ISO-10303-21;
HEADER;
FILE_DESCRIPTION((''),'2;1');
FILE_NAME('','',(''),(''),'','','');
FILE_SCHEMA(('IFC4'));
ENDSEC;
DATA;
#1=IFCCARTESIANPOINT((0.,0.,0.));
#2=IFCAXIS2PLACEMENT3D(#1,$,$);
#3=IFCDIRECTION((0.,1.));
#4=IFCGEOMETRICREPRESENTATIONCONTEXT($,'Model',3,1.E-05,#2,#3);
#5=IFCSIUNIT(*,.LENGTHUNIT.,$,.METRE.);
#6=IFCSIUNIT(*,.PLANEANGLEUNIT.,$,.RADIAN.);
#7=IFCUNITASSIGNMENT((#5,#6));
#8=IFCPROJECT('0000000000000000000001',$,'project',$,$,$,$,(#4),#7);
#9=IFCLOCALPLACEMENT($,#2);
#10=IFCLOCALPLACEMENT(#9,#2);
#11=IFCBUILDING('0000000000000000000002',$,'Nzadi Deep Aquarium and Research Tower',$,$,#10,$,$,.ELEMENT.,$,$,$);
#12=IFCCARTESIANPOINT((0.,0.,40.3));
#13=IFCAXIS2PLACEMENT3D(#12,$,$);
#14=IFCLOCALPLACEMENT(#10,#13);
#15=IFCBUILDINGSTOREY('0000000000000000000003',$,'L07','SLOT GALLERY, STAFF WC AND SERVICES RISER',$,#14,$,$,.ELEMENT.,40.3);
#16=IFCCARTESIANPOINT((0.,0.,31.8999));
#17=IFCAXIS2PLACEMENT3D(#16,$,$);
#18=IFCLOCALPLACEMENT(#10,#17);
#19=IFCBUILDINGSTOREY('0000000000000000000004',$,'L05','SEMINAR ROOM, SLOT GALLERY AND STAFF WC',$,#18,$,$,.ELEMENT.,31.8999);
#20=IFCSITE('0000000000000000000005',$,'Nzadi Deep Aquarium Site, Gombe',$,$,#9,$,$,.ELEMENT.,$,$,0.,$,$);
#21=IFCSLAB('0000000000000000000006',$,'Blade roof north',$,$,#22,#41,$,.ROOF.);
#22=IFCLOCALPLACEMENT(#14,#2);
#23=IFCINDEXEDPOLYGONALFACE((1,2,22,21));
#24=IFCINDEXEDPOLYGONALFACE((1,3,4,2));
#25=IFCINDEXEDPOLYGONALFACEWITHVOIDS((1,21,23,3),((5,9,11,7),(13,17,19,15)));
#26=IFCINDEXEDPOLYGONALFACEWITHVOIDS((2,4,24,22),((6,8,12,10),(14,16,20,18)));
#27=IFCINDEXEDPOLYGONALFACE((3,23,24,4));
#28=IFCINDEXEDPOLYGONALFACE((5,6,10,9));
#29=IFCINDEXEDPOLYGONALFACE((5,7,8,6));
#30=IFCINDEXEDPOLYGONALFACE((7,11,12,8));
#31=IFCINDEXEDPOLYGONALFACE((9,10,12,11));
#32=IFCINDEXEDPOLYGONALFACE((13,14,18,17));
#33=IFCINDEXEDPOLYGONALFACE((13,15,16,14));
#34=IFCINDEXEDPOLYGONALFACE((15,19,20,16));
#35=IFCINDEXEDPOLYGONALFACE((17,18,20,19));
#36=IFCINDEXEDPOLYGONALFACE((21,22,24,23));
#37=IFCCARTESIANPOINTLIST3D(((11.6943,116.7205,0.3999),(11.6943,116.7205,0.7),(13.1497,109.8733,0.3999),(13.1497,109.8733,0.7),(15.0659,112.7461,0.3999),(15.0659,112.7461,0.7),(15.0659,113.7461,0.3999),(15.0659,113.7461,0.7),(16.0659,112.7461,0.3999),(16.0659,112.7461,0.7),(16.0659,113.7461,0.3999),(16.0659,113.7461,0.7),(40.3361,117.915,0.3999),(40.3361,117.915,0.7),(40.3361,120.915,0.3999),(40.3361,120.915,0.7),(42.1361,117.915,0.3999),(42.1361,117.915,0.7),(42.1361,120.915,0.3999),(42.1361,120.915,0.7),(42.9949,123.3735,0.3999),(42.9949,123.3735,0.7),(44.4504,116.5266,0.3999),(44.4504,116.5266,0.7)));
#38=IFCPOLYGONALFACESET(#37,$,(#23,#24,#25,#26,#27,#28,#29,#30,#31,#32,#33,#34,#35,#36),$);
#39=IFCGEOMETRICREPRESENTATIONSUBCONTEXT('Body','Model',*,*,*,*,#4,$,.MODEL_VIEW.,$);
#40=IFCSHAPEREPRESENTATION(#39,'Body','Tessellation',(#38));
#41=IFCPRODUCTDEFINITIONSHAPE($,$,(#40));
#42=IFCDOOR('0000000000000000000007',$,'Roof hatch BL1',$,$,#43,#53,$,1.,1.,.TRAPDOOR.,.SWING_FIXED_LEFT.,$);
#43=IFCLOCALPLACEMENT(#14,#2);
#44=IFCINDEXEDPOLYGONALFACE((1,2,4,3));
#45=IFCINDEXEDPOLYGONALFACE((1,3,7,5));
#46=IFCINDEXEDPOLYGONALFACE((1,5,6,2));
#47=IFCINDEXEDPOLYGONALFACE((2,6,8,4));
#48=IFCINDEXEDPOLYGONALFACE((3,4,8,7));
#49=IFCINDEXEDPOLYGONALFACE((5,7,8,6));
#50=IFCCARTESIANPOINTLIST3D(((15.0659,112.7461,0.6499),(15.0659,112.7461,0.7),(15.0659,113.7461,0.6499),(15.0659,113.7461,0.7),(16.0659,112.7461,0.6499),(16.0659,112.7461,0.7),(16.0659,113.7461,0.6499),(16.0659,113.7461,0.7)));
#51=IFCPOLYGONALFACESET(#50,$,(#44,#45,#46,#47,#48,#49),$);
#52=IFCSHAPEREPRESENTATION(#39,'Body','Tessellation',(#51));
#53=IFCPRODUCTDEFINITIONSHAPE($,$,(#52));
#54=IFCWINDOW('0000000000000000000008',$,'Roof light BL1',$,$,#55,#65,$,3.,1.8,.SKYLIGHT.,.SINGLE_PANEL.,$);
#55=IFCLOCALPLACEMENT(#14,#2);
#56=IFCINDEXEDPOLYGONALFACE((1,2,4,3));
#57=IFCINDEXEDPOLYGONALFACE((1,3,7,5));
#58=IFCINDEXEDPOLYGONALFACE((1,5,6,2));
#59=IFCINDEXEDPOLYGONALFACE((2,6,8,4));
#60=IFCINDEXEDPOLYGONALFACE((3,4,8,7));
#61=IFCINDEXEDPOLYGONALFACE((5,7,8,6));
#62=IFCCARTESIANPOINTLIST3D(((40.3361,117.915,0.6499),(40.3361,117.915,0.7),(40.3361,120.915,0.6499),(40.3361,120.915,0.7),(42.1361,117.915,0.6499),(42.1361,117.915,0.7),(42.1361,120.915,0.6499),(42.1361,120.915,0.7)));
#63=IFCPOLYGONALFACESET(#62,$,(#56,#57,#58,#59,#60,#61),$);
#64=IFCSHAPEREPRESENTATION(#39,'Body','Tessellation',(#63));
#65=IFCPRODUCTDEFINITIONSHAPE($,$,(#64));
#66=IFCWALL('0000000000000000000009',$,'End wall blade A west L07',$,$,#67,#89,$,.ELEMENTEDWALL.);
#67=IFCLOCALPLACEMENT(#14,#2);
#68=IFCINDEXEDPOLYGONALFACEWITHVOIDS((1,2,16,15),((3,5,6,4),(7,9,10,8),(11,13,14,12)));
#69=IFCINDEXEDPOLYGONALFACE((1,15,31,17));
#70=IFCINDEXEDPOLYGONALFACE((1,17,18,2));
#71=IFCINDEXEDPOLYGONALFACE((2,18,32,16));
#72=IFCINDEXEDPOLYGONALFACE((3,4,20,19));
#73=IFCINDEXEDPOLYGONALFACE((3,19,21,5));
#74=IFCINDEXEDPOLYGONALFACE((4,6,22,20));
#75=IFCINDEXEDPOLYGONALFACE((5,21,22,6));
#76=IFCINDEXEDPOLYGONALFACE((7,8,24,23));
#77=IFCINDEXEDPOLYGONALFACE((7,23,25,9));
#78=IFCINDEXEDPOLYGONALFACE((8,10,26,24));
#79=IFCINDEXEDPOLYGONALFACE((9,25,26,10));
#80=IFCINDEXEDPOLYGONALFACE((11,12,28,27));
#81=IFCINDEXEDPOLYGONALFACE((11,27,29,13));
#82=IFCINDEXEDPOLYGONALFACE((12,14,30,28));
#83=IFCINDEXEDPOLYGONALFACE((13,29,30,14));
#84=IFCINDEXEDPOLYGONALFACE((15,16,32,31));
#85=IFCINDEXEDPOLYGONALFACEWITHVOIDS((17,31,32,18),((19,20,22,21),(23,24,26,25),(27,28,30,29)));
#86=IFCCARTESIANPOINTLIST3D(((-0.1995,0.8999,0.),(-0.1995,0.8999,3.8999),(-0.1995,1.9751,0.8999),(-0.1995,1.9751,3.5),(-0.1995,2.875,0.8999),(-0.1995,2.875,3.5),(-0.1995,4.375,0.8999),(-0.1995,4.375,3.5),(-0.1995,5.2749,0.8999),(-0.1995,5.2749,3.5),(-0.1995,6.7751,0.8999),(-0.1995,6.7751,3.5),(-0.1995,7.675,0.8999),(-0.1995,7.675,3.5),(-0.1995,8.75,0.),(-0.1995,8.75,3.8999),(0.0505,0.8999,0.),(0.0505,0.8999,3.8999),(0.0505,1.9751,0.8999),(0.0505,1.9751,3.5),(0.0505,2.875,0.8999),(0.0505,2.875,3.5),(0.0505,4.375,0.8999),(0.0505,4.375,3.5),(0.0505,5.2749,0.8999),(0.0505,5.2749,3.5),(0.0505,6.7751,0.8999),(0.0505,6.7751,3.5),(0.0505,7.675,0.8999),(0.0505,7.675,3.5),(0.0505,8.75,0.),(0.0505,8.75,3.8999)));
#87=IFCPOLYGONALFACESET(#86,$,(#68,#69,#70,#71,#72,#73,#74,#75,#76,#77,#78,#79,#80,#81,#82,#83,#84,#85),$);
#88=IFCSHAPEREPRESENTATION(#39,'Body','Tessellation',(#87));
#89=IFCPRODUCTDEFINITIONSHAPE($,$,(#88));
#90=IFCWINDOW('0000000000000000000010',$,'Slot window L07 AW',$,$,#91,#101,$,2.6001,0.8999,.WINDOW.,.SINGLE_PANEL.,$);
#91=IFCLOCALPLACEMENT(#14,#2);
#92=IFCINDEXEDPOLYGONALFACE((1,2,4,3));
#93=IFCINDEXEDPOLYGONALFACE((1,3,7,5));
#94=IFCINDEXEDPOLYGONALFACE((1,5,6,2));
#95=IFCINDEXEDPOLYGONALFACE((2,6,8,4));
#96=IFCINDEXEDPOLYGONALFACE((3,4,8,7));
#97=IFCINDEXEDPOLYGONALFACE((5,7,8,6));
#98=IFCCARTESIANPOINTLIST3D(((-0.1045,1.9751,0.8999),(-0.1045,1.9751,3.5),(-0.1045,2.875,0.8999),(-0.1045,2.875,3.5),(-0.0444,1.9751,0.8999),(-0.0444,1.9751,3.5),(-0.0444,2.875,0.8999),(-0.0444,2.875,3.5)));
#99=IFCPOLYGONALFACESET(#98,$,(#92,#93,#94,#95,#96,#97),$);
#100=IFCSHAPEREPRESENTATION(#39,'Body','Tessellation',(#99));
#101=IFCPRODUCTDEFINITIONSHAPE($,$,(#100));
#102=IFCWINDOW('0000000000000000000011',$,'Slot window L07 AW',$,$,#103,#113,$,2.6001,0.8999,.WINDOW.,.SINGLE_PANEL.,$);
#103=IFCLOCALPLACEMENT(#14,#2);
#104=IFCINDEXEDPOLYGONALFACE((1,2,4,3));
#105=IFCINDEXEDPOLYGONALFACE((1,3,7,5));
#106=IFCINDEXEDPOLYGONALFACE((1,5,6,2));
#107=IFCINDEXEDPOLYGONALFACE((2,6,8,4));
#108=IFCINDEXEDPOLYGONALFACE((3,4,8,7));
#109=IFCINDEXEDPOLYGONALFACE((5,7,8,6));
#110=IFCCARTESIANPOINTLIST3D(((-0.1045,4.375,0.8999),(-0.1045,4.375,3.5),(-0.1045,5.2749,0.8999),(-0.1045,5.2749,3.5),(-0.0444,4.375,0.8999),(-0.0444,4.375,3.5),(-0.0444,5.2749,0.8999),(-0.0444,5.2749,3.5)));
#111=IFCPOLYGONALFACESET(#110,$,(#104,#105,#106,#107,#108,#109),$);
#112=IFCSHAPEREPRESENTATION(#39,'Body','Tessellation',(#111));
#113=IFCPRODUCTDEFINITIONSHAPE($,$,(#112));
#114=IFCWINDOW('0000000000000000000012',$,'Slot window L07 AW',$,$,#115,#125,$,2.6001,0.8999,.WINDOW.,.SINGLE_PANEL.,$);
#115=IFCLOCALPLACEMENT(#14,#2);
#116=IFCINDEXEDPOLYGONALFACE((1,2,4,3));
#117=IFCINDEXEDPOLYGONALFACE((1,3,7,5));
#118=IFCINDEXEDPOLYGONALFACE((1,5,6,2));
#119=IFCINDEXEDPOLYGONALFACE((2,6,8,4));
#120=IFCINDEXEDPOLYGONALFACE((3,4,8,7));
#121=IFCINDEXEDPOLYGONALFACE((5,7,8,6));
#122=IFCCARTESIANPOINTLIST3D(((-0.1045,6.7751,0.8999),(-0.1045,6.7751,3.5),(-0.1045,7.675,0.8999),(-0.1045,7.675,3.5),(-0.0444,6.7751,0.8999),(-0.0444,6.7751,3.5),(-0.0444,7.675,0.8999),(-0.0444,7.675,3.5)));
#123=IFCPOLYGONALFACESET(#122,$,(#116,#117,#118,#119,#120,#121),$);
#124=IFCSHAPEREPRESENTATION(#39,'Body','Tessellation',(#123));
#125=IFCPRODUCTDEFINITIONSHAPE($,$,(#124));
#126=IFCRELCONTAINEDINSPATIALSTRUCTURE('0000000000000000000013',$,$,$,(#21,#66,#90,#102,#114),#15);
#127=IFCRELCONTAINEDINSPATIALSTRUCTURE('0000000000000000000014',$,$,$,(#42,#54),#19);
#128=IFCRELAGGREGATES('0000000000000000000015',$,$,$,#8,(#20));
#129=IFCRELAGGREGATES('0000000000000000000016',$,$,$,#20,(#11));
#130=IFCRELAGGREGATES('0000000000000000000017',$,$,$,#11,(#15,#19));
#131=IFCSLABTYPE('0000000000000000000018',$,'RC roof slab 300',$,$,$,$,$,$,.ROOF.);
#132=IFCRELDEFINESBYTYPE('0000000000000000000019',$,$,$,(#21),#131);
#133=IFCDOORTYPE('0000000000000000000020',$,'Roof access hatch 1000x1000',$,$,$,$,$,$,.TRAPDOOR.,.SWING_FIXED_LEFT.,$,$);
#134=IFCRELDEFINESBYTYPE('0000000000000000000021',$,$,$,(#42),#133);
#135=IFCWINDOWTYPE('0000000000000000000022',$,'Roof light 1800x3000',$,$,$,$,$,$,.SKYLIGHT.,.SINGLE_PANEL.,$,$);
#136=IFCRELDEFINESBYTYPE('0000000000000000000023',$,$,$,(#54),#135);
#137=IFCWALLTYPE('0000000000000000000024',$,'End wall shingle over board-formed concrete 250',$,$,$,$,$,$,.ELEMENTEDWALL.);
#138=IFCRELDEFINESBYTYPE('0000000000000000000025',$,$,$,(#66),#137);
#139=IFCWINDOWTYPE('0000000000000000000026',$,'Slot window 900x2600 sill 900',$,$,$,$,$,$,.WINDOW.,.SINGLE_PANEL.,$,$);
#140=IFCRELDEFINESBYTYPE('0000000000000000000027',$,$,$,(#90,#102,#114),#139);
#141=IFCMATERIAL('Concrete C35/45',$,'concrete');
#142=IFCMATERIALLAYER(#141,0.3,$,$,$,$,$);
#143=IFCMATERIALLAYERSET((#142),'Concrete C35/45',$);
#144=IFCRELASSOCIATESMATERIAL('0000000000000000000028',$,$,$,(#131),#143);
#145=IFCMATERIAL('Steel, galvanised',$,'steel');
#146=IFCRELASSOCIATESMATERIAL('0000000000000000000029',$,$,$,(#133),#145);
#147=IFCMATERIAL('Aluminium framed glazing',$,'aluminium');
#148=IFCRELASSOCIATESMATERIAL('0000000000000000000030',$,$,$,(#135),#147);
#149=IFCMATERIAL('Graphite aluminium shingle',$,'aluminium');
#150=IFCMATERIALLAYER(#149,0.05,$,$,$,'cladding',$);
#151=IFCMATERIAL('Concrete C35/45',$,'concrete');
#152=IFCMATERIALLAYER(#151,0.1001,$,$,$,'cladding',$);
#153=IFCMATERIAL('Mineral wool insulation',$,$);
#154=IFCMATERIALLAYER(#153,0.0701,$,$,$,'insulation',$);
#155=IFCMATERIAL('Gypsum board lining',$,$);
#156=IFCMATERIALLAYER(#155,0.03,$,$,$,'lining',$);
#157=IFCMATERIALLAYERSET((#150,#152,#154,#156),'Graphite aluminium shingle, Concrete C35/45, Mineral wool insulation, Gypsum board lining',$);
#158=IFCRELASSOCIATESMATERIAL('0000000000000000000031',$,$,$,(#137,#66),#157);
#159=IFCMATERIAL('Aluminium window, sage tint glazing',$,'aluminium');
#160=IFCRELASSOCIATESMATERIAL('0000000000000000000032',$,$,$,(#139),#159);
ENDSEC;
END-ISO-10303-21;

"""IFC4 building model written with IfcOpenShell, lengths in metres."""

from ifc_helpers import new_model, si_unit, direction, frame, frame_2d, origin, origin_2d, place, context, subcontext, project, spatial, polyline, rectangle, outline, extrude, material, layer, layer_set, layer_usage, type_object, element, fill, save


model = new_model("IFC4")

# Units and contexts
model_context = context("Model", 3, precision=1e-05, world=origin(), true_north=direction((0.0, 1.0)))
body_context = subcontext(model_context, "Body", "Model", "MODEL_VIEW")
ifc_project = project(units=[si_unit("LENGTHUNIT", "METRE"), si_unit("PLANEANGLEUNIT", "RADIAN")], contexts=[model_context])

# Site, building, storey
site_placement = place(None, origin())
site = spatial("IfcSite", under=ifc_project, at=site_placement, Name="Nzadi Deep Aquarium Site, Gombe", CompositionType="ELEMENT", RefElevation=0.0)
building_placement = place(site_placement, origin())
building = spatial("IfcBuilding", under=site, at=building_placement, Name="Nzadi Deep Aquarium and Research Tower", CompositionType="ELEMENT")
storey_1_placement = place(building_placement, frame((0.0, 0.0, 40.3)))
storey_1 = spatial("IfcBuildingStorey", under=building, at=storey_1_placement, Name="L07", Description="SLOT GALLERY, STAFF WC AND SERVICES RISER", CompositionType="ELEMENT", Elevation=40.3)

# Shared definitions
ifc_material_1 = material(Name="Concrete C35/45", Category="concrete")
ifc_layer_1 = layer(ifc_material_1, 0.3)
ifc_layer_set_1 = layer_set([ifc_layer_1], Name="Concrete C35/45")
slab_type_1 = type_object("IfcSlabType", Name="RC roof slab 300", PredefinedType="ROOF", material=ifc_layer_set_1)

# Slab, openings
slab_1_placement = place(storey_1_placement, frame((0.0, 0.0, 0.3999)))
slab_1 = element("IfcSlab", 1, at=slab_1_placement, inside=storey_1, type_object=slab_type_1, Name="Blade roof north", PredefinedType="ROOF", context=body_context, shape_type="SweptSolid", body=[
    extrude(outline(polyline([(13.1497, 109.8733), (44.4504, 116.5266), (42.9949, 123.3735), (11.6943, 116.7205), (13.1497, 109.8733)])), origin(), (0.0, 0.0, 1.0), 0.3),
])
opening_1_placement = place(slab_1_placement, frame((41.2361, 119.415, 0.0)))
opening_1 = element("IfcOpeningElement", 2, at=opening_1_placement, cuts=slab_1, PredefinedType="OPENING", context=body_context, shape_type="SweptSolid", body=[
    extrude(rectangle(XDim=1.8, YDim=3.0, at=origin_2d()), origin(), (0.0, 0.0, 1.0), 0.3),
])
opening_2_placement = place(slab_1_placement, frame((15.5659, 113.2461, 0.0)))
opening_2 = element("IfcOpeningElement", 3, at=opening_2_placement, cuts=slab_1, PredefinedType="OPENING", context=body_context, shape_type="SweptSolid", body=[
    extrude(rectangle(XDim=1.0, YDim=1.0, at=origin_2d()), origin(), (0.0, 0.0, 1.0), 0.3),
])

# Shared definitions
storey_2_placement = place(building_placement, frame((0.0, 0.0, 31.8999)))
storey_2 = spatial("IfcBuildingStorey", under=building, at=storey_2_placement, Name="L05", Description="SEMINAR ROOM, SLOT GALLERY AND STAFF WC", CompositionType="ELEMENT", Elevation=31.8999)

# Door
ifc_material_2 = material(Name="Steel, galvanised", Category="steel")
door_type = type_object("IfcDoorType", Name="Roof access hatch 1000x1000", OperationType="SWING_FIXED_LEFT", PredefinedType="TRAPDOOR", material=ifc_material_2)
door_placement = place(opening_2_placement, frame((0.0, 0.0, 0.25)))
door = element("IfcDoor", 4, at=door_placement, inside=storey_2, type_object=door_type, Name="Roof hatch BL1", OperationType="SWING_FIXED_LEFT", OverallHeight=1.0, OverallWidth=1.0, PredefinedType="TRAPDOOR", context=body_context, shape_type="SweptSolid", body=[
    extrude(rectangle(XDim=1.0, YDim=1.0, at=origin_2d()), origin(), (0.0, 0.0, 1.0), 0.05),
])
fill(opening_2, door)

# Window
ifc_material_3 = material(Name="Aluminium framed glazing", Category="aluminium")
window_type_1 = type_object("IfcWindowType", Name="Roof light 1800x3000", PartitioningType="SINGLE_PANEL", PredefinedType="SKYLIGHT", material=ifc_material_3)
window_1_placement = place(opening_1_placement, frame((0.0, 0.0, 0.25)))
window_1 = element("IfcWindow", 5, at=window_1_placement, inside=storey_2, type_object=window_type_1, Name="Roof light BL1", OverallHeight=3.0, OverallWidth=1.8, PartitioningType="SINGLE_PANEL", PredefinedType="SKYLIGHT", context=body_context, shape_type="SweptSolid", body=[
    extrude(rectangle(XDim=1.8, YDim=3.0, at=origin_2d()), origin(), (0.0, 0.0, 1.0), 0.05),
])
fill(opening_1, window_1)

# Wall, openings, windows
ifc_material_4 = material(Name="Graphite aluminium shingle", Category="aluminium")
ifc_layer_2 = layer(ifc_material_4, 0.05, Category="cladding")
ifc_material_5 = material(Name="Concrete C35/45", Category="concrete")
ifc_layer_3 = layer(ifc_material_5, 0.1001, Category="cladding")
ifc_material_6 = material(Name="Mineral wool insulation")
ifc_layer_4 = layer(ifc_material_6, 0.0701, Category="insulation")
ifc_material_7 = material(Name="Gypsum board lining")
ifc_layer_5 = layer(ifc_material_7, 0.03, Category="lining")
ifc_layer_set_2 = layer_set([ifc_layer_2, ifc_layer_3, ifc_layer_4, ifc_layer_5], Name="Graphite aluminium shingle, Concrete C35/45, Mineral wool insulation, Gypsum board lining")
ifc_layer_usage = layer_usage(ifc_layer_set_2, "AXIS2", "POSITIVE", -0.125)
wall_type = type_object("IfcWallType", Name="End wall shingle over board-formed concrete 250", PredefinedType="ELEMENTEDWALL", material=ifc_layer_set_2)
wall_placement = place(storey_1_placement, frame((-0.0745, 8.75, 0.0), z_axis=(0.0, 0.0, 1.0), x_axis=(0.0, -1.0, 0.0)))
wall = element("IfcWall", 6, at=wall_placement, inside=storey_1, type_object=wall_type, material=ifc_layer_usage, Name="End wall blade A west L07", PredefinedType="ELEMENTEDWALL", context=body_context, shape_type="SweptSolid", body=[
    extrude(rectangle(XDim=7.8501, YDim=0.25, at=frame_2d((3.925, 0.0))), origin(), (0.0, 0.0, 1.0), 3.8999),
])
opening_3_placement = place(wall_placement, frame((5.875, 0.0, 0.8999)))
opening_3 = element("IfcOpeningElement", 7, at=opening_3_placement, cuts=wall, PredefinedType="OPENING", context=body_context, shape_type="SweptSolid", body=[
    extrude(rectangle(XDim=0.8999, YDim=2.6001, at=frame_2d((0.45, 1.3))), frame((0.0, 0.135, 0.0), z_axis=(0.0, -1.0, 0.0), x_axis=(1.0, 0.0, 0.0)), (0.0, 0.0, 1.0), 0.27),
])
opening_4_placement = place(wall_placement, frame((3.4751, 0.0, 0.8999)))
opening_4 = element("IfcOpeningElement", 8, at=opening_4_placement, cuts=wall, PredefinedType="OPENING", context=body_context, shape_type="SweptSolid", body=[
    extrude(rectangle(XDim=0.8999, YDim=2.6001, at=frame_2d((0.45, 1.3))), frame((0.0, 0.135, 0.0), z_axis=(0.0, -1.0, 0.0), x_axis=(1.0, 0.0, 0.0)), (0.0, 0.0, 1.0), 0.27),
])
opening_5_placement = place(wall_placement, frame((1.075, 0.0, 0.8999)))
opening_5 = element("IfcOpeningElement", 9, at=opening_5_placement, cuts=wall, PredefinedType="OPENING", context=body_context, shape_type="SweptSolid", body=[
    extrude(rectangle(XDim=0.8999, YDim=2.6001, at=frame_2d((0.45, 1.3))), frame((0.0, 0.135, 0.0), z_axis=(0.0, -1.0, 0.0), x_axis=(1.0, 0.0, 0.0)), (0.0, 0.0, 1.0), 0.27),
])
ifc_material_8 = material(Name="Aluminium window, sage tint glazing", Category="aluminium")
window_type_2 = type_object("IfcWindowType", Name="Slot window 900x2600 sill 900", PartitioningType="SINGLE_PANEL", PredefinedType="WINDOW", material=ifc_material_8)
window_2_placement = place(opening_3_placement, origin())
window_2 = element("IfcWindow", 10, at=window_2_placement, inside=storey_1, type_object=window_type_2, Name="Slot window L07 AW", OverallHeight=2.6001, OverallWidth=0.8999, PartitioningType="SINGLE_PANEL", PredefinedType="WINDOW", context=body_context, shape_type="SweptSolid", body=[
    extrude(rectangle(XDim=0.8999, YDim=2.6001, at=frame_2d((0.45, 1.3))), frame((0.0, 0.03, 0.0), z_axis=(0.0, -1.0, 0.0), x_axis=(1.0, 0.0, 0.0)), (0.0, 0.0, 1.0), 0.0601),
])
fill(opening_3, window_2)
window_3_placement = place(opening_4_placement, origin())
window_3 = element("IfcWindow", 11, at=window_3_placement, inside=storey_1, type_object=window_type_2, Name="Slot window L07 AW", OverallHeight=2.6001, OverallWidth=0.8999, PartitioningType="SINGLE_PANEL", PredefinedType="WINDOW", context=body_context, shape_type="SweptSolid", body=[
    extrude(rectangle(XDim=0.8999, YDim=2.6001, at=frame_2d((0.45, 1.3))), frame((0.0, 0.03, 0.0), z_axis=(0.0, -1.0, 0.0), x_axis=(1.0, 0.0, 0.0)), (0.0, 0.0, 1.0), 0.0601),
])
fill(opening_4, window_3)
window_4_placement = place(opening_5_placement, origin())
window_4 = element("IfcWindow", 12, at=window_4_placement, inside=storey_1, type_object=window_type_2, Name="Slot window L07 AW", OverallHeight=2.6001, OverallWidth=0.8999, PartitioningType="SINGLE_PANEL", PredefinedType="WINDOW", context=body_context, shape_type="SweptSolid", body=[
    extrude(rectangle(XDim=0.8999, YDim=2.6001, at=frame_2d((0.45, 1.3))), frame((0.0, 0.03, 0.0), z_axis=(0.0, -1.0, 0.0), x_axis=(1.0, 0.0, 0.0)), (0.0, 0.0, 1.0), 0.0601),
])
fill(opening_5, window_4)

save(model, "model.ifc")
